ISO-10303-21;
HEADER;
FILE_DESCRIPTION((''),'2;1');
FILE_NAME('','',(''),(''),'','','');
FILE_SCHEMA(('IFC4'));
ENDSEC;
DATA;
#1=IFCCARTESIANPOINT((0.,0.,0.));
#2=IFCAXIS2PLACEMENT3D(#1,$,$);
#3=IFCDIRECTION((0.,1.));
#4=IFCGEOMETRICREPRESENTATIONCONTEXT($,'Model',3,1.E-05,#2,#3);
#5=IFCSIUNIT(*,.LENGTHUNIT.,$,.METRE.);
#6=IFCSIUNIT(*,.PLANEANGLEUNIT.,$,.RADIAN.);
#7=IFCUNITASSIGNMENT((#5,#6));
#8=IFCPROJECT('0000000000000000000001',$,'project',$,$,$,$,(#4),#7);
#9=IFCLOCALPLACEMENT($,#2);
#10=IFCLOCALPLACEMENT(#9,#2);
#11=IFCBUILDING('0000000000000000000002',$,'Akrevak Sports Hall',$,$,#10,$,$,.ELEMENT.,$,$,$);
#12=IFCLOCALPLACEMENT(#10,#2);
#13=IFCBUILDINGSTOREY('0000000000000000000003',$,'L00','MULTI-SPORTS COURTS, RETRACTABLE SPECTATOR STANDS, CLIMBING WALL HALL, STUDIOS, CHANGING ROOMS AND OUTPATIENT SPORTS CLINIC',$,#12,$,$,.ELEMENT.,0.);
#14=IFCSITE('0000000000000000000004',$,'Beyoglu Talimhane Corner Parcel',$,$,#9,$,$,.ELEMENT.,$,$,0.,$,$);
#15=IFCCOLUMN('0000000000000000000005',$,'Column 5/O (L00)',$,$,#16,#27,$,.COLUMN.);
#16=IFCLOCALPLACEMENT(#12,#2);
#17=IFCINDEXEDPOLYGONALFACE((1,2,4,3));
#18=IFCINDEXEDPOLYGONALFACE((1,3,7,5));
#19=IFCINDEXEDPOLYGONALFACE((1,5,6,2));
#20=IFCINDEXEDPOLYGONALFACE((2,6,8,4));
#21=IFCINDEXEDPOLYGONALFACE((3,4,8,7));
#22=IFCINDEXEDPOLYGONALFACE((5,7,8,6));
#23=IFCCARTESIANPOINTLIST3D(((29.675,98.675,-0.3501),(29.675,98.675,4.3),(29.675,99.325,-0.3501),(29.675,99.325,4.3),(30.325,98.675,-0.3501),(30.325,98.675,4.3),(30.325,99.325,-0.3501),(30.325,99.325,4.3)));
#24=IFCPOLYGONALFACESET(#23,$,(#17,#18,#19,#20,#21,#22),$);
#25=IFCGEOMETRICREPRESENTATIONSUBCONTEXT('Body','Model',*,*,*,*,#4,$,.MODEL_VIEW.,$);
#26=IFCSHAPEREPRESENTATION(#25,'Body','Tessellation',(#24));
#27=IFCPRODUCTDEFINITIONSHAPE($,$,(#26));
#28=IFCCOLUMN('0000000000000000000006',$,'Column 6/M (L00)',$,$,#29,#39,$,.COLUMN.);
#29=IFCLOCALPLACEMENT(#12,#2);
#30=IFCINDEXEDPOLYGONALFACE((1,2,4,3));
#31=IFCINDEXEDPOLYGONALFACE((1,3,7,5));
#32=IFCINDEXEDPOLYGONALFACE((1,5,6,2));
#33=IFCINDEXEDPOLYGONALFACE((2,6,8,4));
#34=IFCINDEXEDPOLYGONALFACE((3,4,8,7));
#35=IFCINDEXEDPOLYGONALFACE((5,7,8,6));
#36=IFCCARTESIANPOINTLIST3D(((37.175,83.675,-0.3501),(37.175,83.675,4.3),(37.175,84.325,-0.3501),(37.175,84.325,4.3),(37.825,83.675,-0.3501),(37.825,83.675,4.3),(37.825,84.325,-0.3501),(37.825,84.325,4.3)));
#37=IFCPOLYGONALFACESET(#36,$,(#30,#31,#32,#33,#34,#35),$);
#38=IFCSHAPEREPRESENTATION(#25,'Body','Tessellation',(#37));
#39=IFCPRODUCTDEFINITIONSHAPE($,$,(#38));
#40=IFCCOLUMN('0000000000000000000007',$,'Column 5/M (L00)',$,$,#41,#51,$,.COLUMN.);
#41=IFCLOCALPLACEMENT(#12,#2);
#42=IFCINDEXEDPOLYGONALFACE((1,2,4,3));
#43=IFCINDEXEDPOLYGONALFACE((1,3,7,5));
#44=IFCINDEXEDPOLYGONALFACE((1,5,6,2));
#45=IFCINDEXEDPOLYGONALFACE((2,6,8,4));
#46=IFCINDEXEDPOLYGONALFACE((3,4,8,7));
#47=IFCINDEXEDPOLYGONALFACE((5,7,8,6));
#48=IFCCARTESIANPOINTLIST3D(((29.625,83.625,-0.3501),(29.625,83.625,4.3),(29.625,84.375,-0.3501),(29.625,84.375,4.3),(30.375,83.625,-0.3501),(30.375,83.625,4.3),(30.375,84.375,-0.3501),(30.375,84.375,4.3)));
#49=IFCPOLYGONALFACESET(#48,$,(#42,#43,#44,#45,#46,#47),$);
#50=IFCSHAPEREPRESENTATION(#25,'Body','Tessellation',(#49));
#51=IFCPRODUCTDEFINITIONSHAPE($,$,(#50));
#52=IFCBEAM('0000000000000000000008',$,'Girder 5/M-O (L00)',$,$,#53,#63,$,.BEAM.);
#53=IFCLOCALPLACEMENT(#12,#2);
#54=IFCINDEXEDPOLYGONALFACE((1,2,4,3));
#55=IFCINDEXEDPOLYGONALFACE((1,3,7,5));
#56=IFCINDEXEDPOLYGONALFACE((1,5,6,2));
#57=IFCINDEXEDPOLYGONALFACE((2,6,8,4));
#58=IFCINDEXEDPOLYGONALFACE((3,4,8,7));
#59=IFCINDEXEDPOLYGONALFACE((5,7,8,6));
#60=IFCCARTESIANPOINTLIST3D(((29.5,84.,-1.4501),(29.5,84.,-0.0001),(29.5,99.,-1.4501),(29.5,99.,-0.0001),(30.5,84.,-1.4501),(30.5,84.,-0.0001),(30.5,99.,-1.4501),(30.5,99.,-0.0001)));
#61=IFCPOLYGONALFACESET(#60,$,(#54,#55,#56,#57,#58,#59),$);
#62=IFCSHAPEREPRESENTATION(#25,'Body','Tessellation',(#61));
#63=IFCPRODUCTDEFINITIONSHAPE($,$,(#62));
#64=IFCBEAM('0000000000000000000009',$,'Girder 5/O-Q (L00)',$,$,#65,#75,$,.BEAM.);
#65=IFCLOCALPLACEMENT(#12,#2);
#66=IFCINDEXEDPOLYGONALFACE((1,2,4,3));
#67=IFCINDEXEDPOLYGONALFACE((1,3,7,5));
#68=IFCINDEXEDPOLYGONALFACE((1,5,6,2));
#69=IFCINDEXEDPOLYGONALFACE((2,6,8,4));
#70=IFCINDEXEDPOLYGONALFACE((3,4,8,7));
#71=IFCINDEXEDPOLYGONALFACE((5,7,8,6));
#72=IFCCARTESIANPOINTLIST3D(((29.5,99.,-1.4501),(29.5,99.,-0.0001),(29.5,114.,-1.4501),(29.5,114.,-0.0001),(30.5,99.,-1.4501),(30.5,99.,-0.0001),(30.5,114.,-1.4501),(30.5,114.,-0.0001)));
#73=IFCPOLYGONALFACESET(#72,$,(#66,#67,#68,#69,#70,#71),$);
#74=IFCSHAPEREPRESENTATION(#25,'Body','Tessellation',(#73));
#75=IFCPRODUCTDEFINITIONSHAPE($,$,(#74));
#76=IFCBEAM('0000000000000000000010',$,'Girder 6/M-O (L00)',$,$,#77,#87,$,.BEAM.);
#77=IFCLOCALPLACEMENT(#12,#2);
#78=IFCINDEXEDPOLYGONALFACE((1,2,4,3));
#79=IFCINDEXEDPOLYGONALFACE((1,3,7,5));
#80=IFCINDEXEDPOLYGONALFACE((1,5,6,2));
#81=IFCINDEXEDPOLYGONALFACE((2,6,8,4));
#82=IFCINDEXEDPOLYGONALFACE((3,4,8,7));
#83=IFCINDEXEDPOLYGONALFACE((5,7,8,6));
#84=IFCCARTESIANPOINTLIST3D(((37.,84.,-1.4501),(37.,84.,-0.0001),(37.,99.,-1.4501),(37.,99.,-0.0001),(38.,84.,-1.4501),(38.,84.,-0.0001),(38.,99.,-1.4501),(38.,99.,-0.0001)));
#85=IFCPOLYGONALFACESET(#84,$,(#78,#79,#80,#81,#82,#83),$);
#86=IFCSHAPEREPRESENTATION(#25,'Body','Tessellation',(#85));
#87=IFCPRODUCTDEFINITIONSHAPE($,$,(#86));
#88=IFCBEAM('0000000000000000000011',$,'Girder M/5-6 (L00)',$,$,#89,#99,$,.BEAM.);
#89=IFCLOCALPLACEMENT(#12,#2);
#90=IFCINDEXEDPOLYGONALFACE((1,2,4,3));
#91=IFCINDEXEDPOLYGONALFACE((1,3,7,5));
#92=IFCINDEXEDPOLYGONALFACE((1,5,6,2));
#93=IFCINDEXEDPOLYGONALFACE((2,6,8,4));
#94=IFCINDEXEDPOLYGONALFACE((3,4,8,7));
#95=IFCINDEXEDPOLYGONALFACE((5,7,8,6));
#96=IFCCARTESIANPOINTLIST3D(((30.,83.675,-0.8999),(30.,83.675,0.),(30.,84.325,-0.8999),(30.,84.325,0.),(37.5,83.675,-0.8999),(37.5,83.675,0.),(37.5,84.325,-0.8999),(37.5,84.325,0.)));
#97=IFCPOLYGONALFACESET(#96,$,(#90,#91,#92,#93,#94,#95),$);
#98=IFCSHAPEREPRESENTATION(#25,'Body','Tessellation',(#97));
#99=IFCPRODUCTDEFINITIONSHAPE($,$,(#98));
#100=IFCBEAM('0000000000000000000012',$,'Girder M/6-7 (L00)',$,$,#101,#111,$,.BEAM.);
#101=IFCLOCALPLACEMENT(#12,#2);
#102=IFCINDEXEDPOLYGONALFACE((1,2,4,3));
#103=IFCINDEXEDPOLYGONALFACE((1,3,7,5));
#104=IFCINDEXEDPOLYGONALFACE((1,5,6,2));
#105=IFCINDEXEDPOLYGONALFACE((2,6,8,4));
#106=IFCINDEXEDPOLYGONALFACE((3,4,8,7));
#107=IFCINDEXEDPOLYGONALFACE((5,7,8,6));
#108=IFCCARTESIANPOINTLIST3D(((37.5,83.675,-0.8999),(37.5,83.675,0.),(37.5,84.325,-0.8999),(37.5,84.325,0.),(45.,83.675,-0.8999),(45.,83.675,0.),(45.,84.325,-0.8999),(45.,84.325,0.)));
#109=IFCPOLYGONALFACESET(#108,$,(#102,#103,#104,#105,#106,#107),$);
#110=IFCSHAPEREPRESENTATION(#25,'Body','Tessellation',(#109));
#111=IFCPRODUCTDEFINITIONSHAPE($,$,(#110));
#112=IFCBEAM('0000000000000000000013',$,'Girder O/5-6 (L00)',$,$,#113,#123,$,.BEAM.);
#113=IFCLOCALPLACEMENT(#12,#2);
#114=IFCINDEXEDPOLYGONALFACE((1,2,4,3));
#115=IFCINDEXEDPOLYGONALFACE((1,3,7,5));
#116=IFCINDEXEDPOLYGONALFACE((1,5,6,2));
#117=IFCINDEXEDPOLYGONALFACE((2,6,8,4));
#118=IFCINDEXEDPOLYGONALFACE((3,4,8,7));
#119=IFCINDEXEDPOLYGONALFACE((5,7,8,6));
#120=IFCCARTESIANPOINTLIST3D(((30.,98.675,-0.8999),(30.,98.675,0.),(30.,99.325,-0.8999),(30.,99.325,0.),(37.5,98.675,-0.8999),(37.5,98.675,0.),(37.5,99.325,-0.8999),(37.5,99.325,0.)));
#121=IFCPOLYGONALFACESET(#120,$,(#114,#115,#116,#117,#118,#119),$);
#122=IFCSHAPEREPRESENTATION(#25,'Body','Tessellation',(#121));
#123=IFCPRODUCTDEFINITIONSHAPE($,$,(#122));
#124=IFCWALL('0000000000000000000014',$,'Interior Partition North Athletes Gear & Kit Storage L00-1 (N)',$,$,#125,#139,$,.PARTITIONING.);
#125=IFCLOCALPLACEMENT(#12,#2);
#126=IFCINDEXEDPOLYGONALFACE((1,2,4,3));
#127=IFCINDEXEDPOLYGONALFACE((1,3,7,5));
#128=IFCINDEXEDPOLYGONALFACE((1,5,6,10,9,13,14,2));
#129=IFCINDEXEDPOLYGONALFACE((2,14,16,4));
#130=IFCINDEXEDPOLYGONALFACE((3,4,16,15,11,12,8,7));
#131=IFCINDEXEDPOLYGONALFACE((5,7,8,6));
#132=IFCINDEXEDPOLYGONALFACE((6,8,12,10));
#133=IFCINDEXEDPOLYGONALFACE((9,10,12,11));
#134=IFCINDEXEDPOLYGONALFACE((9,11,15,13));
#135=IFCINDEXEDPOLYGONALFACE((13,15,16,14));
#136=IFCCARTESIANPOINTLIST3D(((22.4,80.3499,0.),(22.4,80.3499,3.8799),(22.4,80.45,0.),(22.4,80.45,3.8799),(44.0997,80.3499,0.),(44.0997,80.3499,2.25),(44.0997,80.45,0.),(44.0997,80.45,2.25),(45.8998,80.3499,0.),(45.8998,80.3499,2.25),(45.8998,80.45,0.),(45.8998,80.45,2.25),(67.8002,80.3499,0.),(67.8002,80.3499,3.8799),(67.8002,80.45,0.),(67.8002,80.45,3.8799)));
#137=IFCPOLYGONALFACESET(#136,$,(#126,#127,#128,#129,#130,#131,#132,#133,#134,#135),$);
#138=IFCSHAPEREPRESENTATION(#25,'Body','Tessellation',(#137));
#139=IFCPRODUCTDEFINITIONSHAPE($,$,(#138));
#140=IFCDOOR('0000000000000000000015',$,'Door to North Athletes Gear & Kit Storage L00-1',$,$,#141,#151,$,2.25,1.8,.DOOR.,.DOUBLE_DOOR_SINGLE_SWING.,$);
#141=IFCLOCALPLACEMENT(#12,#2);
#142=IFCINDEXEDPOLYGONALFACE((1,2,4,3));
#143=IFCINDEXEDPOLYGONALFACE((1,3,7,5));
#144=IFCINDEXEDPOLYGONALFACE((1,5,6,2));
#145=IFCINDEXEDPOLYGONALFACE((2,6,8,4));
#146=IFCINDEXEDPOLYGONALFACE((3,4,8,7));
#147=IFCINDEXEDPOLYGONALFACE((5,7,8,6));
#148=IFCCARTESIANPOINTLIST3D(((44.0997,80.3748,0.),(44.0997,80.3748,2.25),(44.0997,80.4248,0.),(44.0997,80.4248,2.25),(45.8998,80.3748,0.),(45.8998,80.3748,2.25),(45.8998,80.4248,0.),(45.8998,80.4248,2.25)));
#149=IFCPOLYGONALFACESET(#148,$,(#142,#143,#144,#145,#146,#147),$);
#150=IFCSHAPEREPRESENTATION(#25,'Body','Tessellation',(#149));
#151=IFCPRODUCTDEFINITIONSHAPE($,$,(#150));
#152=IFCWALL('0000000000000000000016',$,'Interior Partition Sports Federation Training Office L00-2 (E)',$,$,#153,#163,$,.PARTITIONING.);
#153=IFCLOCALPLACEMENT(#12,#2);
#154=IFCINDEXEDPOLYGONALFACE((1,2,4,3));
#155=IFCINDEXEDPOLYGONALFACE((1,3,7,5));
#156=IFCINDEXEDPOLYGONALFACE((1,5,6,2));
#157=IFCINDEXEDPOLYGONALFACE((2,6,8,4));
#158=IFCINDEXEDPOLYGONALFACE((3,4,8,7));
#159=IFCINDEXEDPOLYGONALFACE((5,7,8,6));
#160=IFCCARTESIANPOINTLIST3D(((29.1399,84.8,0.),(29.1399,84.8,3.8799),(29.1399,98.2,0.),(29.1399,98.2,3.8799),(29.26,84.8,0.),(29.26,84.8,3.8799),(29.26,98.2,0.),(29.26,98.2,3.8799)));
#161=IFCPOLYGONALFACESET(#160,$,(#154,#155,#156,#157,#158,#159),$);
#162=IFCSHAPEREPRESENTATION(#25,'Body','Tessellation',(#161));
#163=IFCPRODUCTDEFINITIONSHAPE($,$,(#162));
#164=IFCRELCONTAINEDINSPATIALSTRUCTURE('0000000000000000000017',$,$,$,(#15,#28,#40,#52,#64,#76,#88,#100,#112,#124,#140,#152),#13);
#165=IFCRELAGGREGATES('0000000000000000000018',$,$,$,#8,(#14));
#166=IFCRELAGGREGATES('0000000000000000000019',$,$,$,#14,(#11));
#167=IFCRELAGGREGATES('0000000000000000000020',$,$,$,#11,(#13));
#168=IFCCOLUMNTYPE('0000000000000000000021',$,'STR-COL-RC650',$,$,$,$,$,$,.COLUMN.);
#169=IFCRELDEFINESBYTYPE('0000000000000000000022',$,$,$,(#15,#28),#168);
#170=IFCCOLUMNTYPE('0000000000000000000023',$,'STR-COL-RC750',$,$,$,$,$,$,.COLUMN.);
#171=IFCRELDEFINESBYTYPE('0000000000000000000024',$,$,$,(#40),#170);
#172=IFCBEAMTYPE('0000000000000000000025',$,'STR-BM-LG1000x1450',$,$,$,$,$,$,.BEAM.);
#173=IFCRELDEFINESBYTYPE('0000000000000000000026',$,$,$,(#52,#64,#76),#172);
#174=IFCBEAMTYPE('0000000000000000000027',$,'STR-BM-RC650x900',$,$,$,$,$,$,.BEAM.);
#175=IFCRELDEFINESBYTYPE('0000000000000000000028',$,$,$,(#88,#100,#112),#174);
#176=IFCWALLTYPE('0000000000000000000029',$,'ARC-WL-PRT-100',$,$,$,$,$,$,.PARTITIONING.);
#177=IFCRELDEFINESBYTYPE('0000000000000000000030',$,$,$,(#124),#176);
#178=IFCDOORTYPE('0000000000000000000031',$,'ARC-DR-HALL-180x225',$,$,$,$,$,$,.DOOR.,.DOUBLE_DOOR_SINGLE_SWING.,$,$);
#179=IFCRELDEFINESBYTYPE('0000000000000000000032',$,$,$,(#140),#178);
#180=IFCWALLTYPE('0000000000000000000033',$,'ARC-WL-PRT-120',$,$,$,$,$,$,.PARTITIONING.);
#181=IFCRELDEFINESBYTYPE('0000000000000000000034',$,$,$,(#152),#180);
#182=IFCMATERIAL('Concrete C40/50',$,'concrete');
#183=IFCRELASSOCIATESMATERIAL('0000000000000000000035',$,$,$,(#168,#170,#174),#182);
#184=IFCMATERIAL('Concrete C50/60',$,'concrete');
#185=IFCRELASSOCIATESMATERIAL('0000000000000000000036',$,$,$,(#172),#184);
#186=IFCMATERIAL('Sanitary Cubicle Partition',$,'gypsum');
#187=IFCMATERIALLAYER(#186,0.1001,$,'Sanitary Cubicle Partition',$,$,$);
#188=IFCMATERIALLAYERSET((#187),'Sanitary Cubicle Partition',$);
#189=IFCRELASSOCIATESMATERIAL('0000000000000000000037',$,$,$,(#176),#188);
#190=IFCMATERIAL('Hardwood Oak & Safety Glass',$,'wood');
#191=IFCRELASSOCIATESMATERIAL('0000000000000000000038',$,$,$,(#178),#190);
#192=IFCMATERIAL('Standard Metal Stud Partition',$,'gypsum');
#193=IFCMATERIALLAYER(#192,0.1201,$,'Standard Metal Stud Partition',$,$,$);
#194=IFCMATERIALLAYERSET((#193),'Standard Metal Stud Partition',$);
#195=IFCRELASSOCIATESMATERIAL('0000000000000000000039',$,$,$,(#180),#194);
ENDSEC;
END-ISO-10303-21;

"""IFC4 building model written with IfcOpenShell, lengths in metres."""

from ifc_helpers import new_model, si_unit, direction, frame, frame_2d, origin, origin_2d, place, context, subcontext, project, spatial, rectangle, extrude, material, layer, layer_set, material_profile, profile_set, type_object, element, fill, save


model = new_model("IFC4")

# Units and contexts
model_context = context("Model", 3, precision=1e-05, world=origin(), true_north=direction((0.0, 1.0)))
body_context = subcontext(model_context, "Body", "Model", "MODEL_VIEW")
ifc_project = project(units=[si_unit("LENGTHUNIT", "METRE"), si_unit("PLANEANGLEUNIT", "RADIAN")], contexts=[model_context])

# Site, building, storey
site_placement = place(None, origin())
site = spatial("IfcSite", under=ifc_project, at=site_placement, Name="Beyoglu Talimhane Corner Parcel", CompositionType="ELEMENT", RefElevation=0.0)
building_placement = place(site_placement, origin())
building = spatial("IfcBuilding", under=site, at=building_placement, Name="Akrevak Sports Hall", CompositionType="ELEMENT")
storey_placement = place(building_placement, origin())
storey = spatial("IfcBuildingStorey", under=building, at=storey_placement, Name="L00", Description="MULTI-SPORTS COURTS, RETRACTABLE SPECTATOR STANDS, CLIMBING WALL HALL, STUDIOS, CHANGING ROOMS AND OUTPATIENT SPORTS CLINIC", CompositionType="ELEMENT", Elevation=0.0)

# Columns
ifc_material_1 = material(Name="Concrete C40/50", Category="concrete")
ifc_material_profile_1 = material_profile(ifc_material_1, rectangle(XDim=0.6499, YDim=0.6499, at=origin_2d()), Name="RC 650x650", Category="concrete")
ifc_profile_set_1 = profile_set([ifc_material_profile_1], Name="Concrete C40/50")
column_type_1 = type_object("IfcColumnType", Name="STR-COL-RC650", PredefinedType="COLUMN", material=ifc_profile_set_1)
for number, where, z_axis, x_axis, name in (
    (1, (30.0, 99.0, -0.3501), (0.0, 0.0, 1.0), (1.0, 0.0, 0.0), "Column 5/O (L00)"),
    (2, (37.5, 84.0, -0.3501), (0.0, 0.0, 1.0), (1.0, 0.0, 0.0), "Column 6/M (L00)"),
):
    element("IfcColumn", number, at=place(storey_placement, frame(where, z_axis=z_axis, x_axis=x_axis)), inside=storey, type_object=column_type_1, Name=name, PredefinedType="COLUMN", context=body_context, shape_type="SweptSolid", body=[
        extrude(rectangle(XDim=0.6499, YDim=0.6499, at=origin_2d()), origin(), (0.0, 0.0, 1.0), 4.6501),
    ])
ifc_material_profile_2 = material_profile(ifc_material_1, rectangle(XDim=0.75, YDim=0.75, at=origin_2d()), Name="RC 750x750", Category="concrete")
ifc_profile_set_2 = profile_set([ifc_material_profile_2], Name="Concrete C40/50")
column_type_2 = type_object("IfcColumnType", Name="STR-COL-RC750", PredefinedType="COLUMN", material=ifc_profile_set_2)
column_placement = place(storey_placement, frame((30.0, 84.0, -0.3501), z_axis=(0.0, 0.0, 1.0), x_axis=(1.0, 0.0, 0.0)))
element("IfcColumn", 3, at=column_placement, inside=storey, type_object=column_type_2, Name="Column 5/M (L00)", PredefinedType="COLUMN", context=body_context, shape_type="SweptSolid", body=[
    extrude(rectangle(XDim=0.75, YDim=0.75, at=origin_2d()), origin(), (0.0, 0.0, 1.0), 4.6501),
])

# Beams
ifc_material_2 = material(Name="Concrete C50/60", Category="concrete")
ifc_material_profile_3 = material_profile(ifc_material_2, rectangle(XDim=1.0, YDim=1.45, at=origin_2d()), Name="BM 1000x1450", Category="concrete")
ifc_profile_set_3 = profile_set([ifc_material_profile_3], Name="Concrete C50/60")
beam_type_1 = type_object("IfcBeamType", Name="STR-BM-LG1000x1450", PredefinedType="BEAM", material=ifc_profile_set_3)
for number, where, z_axis, x_axis, name in (
    (4, (30.0, 84.0, -0.7251), (0.0, 1.0, 0.0), (-1.0, 0.0, 0.0), "Girder 5/M-O (L00)"),
    (5, (30.0, 99.0, -0.7251), (0.0, 1.0, 0.0), (-1.0, 0.0, 0.0), "Girder 5/O-Q (L00)"),
    (6, (37.5, 84.0, -0.7251), (0.0, 1.0, 0.0), (-1.0, 0.0, 0.0), "Girder 6/M-O (L00)"),
):
    element("IfcBeam", number, at=place(storey_placement, frame(where, z_axis=z_axis, x_axis=x_axis)), inside=storey, type_object=beam_type_1, Name=name, PredefinedType="BEAM", context=body_context, shape_type="SweptSolid", body=[
        extrude(rectangle(XDim=1.0, YDim=1.45, at=origin_2d()), origin(), (0.0, 0.0, 1.0), 15.0),
    ])
ifc_material_profile_4 = material_profile(ifc_material_1, rectangle(XDim=0.6499, YDim=0.8999, at=origin_2d()), Name="BM 650x900", Category="concrete")
ifc_profile_set_4 = profile_set([ifc_material_profile_4], Name="Concrete C40/50")
beam_type_2 = type_object("IfcBeamType", Name="STR-BM-RC650x900", PredefinedType="BEAM", material=ifc_profile_set_4)
for number, where, z_axis, x_axis, name in (
    (7, (30.0, 84.0, -0.45), (1.0, 0.0, 0.0), (0.0, 1.0, 0.0), "Girder M/5-6 (L00)"),
    (8, (37.5, 84.0, -0.45), (1.0, 0.0, 0.0), (0.0, 1.0, 0.0), "Girder M/6-7 (L00)"),
    (9, (30.0, 99.0, -0.45), (1.0, 0.0, 0.0), (0.0, 1.0, 0.0), "Girder O/5-6 (L00)"),
):
    element("IfcBeam", number, at=place(storey_placement, frame(where, z_axis=z_axis, x_axis=x_axis)), inside=storey, type_object=beam_type_2, Name=name, PredefinedType="BEAM", context=body_context, shape_type="SweptSolid", body=[
        extrude(rectangle(XDim=0.6499, YDim=0.8999, at=origin_2d()), origin(), (0.0, 0.0, 1.0), 7.5),
    ])

# Wall, opening, door
ifc_material_3 = material(Name="Sanitary Cubicle Partition", Category="gypsum")
ifc_layer_1 = layer(ifc_material_3, 0.1001, Name="Sanitary Cubicle Partition")
ifc_layer_set_1 = layer_set([ifc_layer_1], Name="Sanitary Cubicle Partition")
wall_type_1 = type_object("IfcWallType", Name="ARC-WL-PRT-100", PredefinedType="PARTITIONING", material=ifc_layer_set_1)
wall_1_placement = place(storey_placement, frame((22.3999, 80.3999, 0.0), z_axis=(0.0, 0.0, 1.0), x_axis=(1.0, 0.0, 0.0)))
wall_1 = element("IfcWall", 10, at=wall_1_placement, inside=storey, type_object=wall_type_1, Name="Interior Partition North Athletes Gear & Kit Storage L00-1 (N)", PredefinedType="PARTITIONING", context=body_context, shape_type="SweptSolid", body=[
    extrude(rectangle(XDim=45.4001, YDim=0.1001, at=frame_2d((22.7002, 0.0))), origin(), (0.0, 0.0, 1.0), 3.8799),
])
opening_1_placement = place(wall_1_placement, frame((21.7, 0.0, 0.0)))
opening_1 = element("IfcOpeningElement", 11, at=opening_1_placement, cuts=wall_1, PredefinedType="OPENING", context=body_context, shape_type="SweptSolid", body=[
    extrude(rectangle(XDim=1.8, YDim=2.25, at=frame_2d((0.8999, 1.125))), frame((0.0, 0.062, 0.0), z_axis=(0.0, -1.0, 0.0), x_axis=(1.0, 0.0, 0.0)), (0.0, 0.0, 1.0), 0.124),
])
ifc_material_4 = material(Name="Hardwood Oak & Safety Glass", Category="wood")
door_type_1 = type_object("IfcDoorType", Name="ARC-DR-HALL-180x225", OperationType="DOUBLE_DOOR_SINGLE_SWING", PredefinedType="DOOR", material=ifc_material_4)
door_1_placement = place(opening_1_placement, origin())
door_1 = element("IfcDoor", 12, at=door_1_placement, inside=storey, type_object=door_type_1, Name="Door to North Athletes Gear & Kit Storage L00-1", OperationType="DOUBLE_DOOR_SINGLE_SWING", OverallHeight=2.25, OverallWidth=1.8, PredefinedType="DOOR", context=body_context, shape_type="SweptSolid", body=[
    extrude(rectangle(XDim=1.8, YDim=2.25, at=frame_2d((0.8999, 1.125))), frame((0.0, 0.0249, 0.0), z_axis=(0.0, -1.0, 0.0), x_axis=(1.0, 0.0, 0.0)), (0.0, 0.0, 1.0), 0.05),
])
fill(opening_1, door_1)

# Wall
ifc_material_5 = material(Name="Standard Metal Stud Partition", Category="gypsum")
ifc_layer_2 = layer(ifc_material_5, 0.1201, Name="Standard Metal Stud Partition")
ifc_layer_set_2 = layer_set([ifc_layer_2], Name="Standard Metal Stud Partition")
wall_type_2 = type_object("IfcWallType", Name="ARC-WL-PRT-120", PredefinedType="PARTITIONING", material=ifc_layer_set_2)
wall_2_placement = place(storey_placement, frame((29.2, 84.8, 0.0), z_axis=(0.0, 0.0, 1.0), x_axis=(0.0, 1.0, 0.0)))
element("IfcWall", 13, at=wall_2_placement, inside=storey, type_object=wall_type_2, Name="Interior Partition Sports Federation Training Office L00-2 (E)", PredefinedType="PARTITIONING", context=body_context, shape_type="SweptSolid", body=[
    extrude(rectangle(XDim=13.3999, YDim=0.1201, at=frame_2d((6.7, 0.0))), origin(), (0.0, 0.0, 1.0), 3.8799),
])

save(model, "model.ifc")
